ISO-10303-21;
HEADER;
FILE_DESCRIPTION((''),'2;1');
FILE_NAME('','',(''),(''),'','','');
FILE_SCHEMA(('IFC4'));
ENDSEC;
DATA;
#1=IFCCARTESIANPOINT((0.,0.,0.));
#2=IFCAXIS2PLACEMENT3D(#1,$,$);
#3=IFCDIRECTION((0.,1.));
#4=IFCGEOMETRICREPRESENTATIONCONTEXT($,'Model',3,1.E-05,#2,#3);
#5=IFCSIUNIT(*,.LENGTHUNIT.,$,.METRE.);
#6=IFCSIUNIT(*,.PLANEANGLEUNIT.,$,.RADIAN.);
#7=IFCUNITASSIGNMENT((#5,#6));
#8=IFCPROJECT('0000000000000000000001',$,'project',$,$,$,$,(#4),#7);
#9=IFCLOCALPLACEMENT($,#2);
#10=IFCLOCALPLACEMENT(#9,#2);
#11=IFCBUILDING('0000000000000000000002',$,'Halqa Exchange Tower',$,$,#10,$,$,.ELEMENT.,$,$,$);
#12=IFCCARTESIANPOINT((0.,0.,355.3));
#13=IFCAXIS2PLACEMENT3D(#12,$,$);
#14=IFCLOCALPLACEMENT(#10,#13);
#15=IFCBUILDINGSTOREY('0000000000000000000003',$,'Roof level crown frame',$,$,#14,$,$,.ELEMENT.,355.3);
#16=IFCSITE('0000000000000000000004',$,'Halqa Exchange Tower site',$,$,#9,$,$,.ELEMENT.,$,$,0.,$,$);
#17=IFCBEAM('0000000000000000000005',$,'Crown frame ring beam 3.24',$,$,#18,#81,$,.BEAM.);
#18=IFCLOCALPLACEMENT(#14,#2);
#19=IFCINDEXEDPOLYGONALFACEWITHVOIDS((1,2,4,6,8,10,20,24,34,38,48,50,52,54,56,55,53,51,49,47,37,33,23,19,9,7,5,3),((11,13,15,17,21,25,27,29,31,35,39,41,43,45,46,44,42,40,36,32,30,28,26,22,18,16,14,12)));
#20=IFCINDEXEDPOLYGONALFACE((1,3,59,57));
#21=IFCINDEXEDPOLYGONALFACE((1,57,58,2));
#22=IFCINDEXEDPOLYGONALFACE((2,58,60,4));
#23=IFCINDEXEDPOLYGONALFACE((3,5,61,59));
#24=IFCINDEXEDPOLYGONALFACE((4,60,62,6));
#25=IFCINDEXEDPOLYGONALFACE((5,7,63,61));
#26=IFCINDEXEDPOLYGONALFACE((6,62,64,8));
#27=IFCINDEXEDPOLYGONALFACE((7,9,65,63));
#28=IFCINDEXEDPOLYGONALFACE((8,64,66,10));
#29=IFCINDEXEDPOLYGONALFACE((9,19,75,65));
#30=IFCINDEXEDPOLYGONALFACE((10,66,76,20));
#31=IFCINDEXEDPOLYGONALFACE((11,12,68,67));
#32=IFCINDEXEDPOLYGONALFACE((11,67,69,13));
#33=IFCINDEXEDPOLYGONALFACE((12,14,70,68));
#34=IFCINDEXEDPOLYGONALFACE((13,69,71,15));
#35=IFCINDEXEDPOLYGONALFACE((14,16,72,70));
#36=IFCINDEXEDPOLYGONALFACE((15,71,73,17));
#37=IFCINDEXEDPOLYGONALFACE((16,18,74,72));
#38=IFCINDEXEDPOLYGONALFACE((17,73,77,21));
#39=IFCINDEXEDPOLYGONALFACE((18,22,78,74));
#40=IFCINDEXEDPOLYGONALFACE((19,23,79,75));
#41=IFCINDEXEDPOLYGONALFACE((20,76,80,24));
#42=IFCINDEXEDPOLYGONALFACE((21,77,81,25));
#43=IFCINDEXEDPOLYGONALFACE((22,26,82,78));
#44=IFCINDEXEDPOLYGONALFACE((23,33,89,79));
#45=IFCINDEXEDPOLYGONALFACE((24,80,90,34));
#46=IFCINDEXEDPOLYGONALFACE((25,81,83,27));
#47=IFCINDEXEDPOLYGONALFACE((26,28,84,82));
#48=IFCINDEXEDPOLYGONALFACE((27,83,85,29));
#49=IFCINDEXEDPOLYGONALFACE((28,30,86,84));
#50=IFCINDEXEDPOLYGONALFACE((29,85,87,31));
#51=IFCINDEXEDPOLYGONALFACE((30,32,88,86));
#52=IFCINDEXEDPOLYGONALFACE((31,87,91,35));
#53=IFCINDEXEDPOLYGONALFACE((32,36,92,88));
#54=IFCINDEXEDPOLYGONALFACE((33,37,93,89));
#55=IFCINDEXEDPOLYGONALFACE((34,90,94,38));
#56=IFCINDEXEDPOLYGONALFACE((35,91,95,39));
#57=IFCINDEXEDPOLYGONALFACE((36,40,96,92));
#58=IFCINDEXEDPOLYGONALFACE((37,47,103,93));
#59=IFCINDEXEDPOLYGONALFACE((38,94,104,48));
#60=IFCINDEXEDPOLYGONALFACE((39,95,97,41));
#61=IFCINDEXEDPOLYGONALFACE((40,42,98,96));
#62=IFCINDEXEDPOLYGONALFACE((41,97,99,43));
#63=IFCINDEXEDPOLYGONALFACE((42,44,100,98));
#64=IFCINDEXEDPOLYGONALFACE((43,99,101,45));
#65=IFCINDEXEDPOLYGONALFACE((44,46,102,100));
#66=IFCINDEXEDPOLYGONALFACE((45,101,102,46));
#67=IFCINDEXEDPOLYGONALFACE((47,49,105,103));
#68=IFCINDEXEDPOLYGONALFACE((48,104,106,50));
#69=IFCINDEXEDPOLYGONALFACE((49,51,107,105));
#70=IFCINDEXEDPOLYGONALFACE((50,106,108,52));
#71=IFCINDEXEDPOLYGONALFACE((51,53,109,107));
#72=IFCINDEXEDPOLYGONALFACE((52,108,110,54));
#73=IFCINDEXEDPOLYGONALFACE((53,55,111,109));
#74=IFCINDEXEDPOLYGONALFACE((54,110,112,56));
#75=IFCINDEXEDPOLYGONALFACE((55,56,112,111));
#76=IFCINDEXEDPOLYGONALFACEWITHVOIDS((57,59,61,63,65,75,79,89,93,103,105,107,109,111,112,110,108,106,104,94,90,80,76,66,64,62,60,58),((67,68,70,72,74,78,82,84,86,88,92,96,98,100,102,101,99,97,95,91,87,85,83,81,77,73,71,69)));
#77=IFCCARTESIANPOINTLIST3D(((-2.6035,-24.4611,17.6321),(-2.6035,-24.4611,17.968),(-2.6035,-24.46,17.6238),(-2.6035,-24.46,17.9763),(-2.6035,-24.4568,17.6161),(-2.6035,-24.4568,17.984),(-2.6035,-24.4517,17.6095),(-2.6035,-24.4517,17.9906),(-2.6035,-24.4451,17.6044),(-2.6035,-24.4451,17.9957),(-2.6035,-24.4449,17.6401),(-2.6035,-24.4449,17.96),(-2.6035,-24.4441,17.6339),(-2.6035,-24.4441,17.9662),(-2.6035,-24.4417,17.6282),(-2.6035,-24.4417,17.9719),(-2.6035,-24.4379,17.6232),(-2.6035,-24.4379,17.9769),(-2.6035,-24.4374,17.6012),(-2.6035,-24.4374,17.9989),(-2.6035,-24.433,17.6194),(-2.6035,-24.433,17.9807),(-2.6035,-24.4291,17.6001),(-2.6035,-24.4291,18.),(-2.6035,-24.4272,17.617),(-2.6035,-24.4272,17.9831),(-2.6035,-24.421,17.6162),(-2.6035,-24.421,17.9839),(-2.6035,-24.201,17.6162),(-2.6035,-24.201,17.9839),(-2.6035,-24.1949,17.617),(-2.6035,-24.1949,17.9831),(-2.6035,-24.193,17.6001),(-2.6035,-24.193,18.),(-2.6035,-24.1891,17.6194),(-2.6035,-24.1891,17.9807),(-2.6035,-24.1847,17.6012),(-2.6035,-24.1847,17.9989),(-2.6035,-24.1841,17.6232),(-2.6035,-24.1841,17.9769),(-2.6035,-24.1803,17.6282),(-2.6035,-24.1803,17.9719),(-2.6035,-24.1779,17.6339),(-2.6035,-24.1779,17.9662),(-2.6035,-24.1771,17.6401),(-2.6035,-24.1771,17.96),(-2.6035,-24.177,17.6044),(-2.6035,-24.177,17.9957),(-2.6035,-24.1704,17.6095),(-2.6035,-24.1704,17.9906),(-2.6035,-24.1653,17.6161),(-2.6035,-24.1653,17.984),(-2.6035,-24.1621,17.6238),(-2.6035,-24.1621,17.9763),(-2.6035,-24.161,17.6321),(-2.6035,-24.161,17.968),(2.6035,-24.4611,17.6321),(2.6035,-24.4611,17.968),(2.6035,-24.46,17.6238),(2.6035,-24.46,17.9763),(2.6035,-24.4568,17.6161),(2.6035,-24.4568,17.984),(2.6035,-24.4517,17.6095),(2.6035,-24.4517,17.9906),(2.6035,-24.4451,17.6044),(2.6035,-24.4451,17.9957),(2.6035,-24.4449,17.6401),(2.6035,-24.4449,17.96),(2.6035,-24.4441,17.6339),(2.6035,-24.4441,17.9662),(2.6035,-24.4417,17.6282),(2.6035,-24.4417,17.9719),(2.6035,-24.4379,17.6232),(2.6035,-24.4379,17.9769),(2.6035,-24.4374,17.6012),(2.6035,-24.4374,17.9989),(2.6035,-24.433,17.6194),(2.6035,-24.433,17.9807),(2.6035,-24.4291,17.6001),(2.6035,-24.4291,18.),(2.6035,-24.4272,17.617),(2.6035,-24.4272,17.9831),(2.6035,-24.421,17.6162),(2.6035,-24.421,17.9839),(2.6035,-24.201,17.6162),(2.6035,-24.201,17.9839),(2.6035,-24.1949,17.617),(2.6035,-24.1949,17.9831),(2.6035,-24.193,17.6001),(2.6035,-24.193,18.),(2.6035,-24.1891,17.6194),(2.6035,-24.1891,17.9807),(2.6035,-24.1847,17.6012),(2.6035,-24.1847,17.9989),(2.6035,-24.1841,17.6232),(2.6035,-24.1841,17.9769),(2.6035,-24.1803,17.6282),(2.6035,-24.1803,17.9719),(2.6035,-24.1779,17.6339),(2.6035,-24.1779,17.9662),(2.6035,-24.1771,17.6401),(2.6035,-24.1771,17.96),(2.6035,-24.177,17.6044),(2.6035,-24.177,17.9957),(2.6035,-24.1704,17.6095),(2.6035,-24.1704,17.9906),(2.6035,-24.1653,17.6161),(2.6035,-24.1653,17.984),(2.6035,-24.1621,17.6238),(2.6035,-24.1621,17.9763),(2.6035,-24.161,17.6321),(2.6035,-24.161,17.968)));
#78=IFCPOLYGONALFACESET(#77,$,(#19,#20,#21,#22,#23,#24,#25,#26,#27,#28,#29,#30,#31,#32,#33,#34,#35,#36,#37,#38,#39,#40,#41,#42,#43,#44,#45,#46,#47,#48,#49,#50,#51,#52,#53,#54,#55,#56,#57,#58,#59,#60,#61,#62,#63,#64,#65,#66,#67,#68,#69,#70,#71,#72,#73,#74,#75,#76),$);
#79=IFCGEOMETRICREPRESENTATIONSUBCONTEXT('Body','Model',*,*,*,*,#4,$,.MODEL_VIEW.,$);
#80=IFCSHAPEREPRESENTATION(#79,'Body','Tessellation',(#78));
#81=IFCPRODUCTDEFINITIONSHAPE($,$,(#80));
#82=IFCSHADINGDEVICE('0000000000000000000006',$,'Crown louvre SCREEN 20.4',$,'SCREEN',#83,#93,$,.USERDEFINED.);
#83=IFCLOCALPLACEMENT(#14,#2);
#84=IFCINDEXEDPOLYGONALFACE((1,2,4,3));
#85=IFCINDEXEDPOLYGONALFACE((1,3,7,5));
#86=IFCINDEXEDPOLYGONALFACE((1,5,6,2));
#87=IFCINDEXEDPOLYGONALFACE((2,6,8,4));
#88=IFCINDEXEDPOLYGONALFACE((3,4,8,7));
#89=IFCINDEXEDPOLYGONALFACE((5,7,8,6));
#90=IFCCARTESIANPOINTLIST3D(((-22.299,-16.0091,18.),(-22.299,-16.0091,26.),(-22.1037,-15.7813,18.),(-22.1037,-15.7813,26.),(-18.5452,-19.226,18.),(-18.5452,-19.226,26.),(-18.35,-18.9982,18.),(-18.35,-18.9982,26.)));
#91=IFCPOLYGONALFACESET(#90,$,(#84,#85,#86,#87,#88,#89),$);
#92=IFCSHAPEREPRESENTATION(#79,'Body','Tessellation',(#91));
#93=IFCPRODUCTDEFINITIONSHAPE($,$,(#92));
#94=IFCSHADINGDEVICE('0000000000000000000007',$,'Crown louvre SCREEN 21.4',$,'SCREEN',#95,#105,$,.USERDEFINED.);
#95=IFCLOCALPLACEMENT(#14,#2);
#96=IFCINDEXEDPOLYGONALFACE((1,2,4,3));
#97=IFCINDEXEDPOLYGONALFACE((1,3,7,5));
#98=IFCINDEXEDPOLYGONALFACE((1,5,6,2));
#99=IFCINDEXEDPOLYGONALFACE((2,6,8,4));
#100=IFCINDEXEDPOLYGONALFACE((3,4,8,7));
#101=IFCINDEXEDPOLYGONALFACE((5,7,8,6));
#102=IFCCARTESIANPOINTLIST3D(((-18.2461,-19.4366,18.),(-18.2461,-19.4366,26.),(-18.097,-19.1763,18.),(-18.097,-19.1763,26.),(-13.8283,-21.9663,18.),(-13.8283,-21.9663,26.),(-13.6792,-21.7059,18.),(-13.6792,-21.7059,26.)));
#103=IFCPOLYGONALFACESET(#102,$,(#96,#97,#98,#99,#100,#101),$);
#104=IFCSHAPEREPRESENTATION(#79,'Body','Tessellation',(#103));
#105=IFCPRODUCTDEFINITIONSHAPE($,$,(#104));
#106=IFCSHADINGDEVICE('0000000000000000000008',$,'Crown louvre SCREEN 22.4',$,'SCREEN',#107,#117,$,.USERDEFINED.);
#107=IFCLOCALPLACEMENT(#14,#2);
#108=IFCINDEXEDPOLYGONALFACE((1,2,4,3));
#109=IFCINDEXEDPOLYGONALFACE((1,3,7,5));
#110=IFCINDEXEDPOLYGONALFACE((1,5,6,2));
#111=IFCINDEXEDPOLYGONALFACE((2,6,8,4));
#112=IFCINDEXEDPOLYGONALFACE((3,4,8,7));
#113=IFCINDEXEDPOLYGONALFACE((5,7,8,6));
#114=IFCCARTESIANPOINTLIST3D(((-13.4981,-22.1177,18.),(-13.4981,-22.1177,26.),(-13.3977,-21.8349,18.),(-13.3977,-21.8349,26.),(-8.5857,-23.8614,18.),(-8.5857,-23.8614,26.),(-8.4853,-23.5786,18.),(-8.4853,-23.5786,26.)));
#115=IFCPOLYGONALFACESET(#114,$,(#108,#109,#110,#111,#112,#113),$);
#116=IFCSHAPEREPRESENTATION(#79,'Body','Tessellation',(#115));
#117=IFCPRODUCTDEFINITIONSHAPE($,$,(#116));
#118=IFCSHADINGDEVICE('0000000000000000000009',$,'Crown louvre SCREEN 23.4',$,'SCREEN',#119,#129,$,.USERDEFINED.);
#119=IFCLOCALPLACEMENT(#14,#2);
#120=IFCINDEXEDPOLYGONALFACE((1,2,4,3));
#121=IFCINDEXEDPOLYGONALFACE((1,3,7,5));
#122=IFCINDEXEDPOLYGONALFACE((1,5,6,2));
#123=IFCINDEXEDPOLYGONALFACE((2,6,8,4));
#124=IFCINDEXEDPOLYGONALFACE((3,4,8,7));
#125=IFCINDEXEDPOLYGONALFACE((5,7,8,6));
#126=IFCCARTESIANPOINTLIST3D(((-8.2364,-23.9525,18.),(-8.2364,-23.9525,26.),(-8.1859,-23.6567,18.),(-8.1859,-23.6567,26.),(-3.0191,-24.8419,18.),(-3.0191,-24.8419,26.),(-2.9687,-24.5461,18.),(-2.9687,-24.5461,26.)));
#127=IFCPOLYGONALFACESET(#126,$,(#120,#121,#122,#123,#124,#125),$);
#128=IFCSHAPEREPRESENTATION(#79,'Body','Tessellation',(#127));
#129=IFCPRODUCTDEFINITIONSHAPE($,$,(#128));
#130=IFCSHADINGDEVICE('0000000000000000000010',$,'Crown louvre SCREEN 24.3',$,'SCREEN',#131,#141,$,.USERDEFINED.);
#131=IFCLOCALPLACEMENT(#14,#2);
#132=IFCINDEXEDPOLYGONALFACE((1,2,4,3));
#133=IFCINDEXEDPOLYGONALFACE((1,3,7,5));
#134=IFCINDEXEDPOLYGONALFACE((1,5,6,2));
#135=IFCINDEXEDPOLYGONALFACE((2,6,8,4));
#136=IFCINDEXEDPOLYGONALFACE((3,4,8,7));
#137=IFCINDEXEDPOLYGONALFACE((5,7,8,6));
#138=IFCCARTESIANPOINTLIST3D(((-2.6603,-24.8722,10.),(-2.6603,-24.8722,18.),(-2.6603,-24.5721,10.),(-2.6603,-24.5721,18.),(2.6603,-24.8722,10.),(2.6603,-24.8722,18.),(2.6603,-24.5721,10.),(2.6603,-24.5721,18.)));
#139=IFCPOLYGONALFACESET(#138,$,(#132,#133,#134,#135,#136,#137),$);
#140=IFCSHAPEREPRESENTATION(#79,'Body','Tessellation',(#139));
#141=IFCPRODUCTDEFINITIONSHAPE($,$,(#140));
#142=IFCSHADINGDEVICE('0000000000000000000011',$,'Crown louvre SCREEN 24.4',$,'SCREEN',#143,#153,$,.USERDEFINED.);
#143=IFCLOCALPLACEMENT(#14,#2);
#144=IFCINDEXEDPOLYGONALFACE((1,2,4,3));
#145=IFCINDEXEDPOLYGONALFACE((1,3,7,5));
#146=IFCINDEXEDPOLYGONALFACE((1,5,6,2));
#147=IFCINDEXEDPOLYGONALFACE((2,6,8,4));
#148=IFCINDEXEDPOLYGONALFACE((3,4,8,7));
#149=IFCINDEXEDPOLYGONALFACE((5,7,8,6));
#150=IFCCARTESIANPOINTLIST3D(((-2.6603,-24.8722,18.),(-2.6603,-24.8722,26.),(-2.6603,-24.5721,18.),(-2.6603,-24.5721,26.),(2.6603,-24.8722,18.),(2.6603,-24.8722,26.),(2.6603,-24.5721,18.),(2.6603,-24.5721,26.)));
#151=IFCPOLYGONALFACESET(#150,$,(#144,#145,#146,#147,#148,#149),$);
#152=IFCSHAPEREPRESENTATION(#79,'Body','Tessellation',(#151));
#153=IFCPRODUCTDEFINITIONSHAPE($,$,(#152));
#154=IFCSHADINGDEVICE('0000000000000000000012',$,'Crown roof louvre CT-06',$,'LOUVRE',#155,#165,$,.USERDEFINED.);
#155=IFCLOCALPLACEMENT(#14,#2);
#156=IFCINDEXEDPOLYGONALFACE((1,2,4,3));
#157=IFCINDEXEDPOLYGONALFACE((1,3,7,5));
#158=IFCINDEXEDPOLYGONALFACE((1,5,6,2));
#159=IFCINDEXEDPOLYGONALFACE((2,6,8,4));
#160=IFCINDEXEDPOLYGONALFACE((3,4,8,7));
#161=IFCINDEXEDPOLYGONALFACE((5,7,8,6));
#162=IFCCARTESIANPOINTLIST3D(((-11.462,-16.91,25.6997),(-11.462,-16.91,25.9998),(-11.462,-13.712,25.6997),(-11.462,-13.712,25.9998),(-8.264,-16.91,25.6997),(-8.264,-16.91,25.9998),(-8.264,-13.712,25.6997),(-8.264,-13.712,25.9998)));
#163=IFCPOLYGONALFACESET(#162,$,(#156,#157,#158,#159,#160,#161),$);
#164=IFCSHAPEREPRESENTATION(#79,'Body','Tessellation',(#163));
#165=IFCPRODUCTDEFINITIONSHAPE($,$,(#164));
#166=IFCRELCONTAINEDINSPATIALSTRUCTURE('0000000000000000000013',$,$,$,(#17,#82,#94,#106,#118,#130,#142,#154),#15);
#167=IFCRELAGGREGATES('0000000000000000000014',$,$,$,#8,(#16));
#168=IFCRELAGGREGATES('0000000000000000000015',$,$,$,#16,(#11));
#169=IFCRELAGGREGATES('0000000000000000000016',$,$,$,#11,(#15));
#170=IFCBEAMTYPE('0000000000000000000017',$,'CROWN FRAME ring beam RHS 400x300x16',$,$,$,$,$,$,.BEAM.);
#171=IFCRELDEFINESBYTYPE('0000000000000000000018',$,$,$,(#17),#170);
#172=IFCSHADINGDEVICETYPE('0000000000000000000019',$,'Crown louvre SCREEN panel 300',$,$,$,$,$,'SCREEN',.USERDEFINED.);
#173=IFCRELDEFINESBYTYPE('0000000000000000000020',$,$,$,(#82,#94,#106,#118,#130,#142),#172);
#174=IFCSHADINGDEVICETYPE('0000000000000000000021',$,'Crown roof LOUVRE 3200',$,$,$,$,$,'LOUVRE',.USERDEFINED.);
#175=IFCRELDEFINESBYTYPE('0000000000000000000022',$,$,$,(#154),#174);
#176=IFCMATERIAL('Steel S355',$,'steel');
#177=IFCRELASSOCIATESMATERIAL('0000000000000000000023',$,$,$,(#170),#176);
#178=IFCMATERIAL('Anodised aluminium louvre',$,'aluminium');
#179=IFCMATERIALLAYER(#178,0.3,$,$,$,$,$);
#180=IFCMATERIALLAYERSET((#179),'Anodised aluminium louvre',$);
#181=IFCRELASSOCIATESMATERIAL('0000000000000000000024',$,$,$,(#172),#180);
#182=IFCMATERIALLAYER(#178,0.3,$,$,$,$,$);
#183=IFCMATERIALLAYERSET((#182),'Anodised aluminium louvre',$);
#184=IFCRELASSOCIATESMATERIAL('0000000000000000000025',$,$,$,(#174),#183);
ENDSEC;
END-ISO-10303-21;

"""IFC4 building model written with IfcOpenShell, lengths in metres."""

from ifc_helpers import new_model, si_unit, direction, frame, origin, origin_2d, place, context, subcontext, project, spatial, rectangle, hollow_rectangle, extrude, material, layer, layer_set, material_profile, profile_set, type_object, element, save


model = new_model("IFC4")

# Units and contexts
model_context = context("Model", 3, precision=1e-05, world=origin(), true_north=direction((0.0, 1.0)))
body_context = subcontext(model_context, "Body", "Model", "MODEL_VIEW")
ifc_project = project(units=[si_unit("LENGTHUNIT", "METRE"), si_unit("PLANEANGLEUNIT", "RADIAN")], contexts=[model_context])

# Site, building, storey
site_placement = place(None, origin())
site = spatial("IfcSite", under=ifc_project, at=site_placement, Name="Halqa Exchange Tower site", CompositionType="ELEMENT", RefElevation=0.0)
building_placement = place(site_placement, origin())
building = spatial("IfcBuilding", under=site, at=building_placement, Name="Halqa Exchange Tower", CompositionType="ELEMENT")
storey_placement = place(building_placement, frame((0.0, 0.0, 355.3)))
storey = spatial("IfcBuildingStorey", under=building, at=storey_placement, Name="Roof level crown frame", CompositionType="ELEMENT", Elevation=355.3)

# Shared definitions
ifc_material_1 = material(Name="Steel S355", Category="steel")

# Beam
ifc_material_profile_1 = material_profile(ifc_material_1, hollow_rectangle(XDim=0.3, YDim=0.3999, WallThickness=0.0161, InnerFilletRadius=0.0239, OuterFilletRadius=0.032, at=origin_2d()), Name="RHS 400x300x16")
ifc_profile_set_1 = profile_set([ifc_material_profile_1], Name="Steel S355")
beam_type_1 = type_object("IfcBeamType", Name="CROWN FRAME ring beam RHS 400x300x16", PredefinedType="BEAM", material=ifc_profile_set_1)
beam_1_placement = place(storey_placement, frame((-2.6035, -24.311, 17.8), z_axis=(1.0, 0.0, 0.0), x_axis=(0.0, 1.0, 0.0)))
element("IfcBeam", 1, at=beam_1_placement, inside=storey, type_object=beam_type_1, Name="Crown frame ring beam 3.24", PredefinedType="BEAM", context=body_context, shape_type="SweptSolid", body=[
    extrude(hollow_rectangle(XDim=0.3, YDim=0.3999, WallThickness=0.0161, InnerFilletRadius=0.0239, OuterFilletRadius=0.032, at=origin_2d()), origin(), (0.0, 0.0, 1.0), 5.207),
])

# Shading devices
ifc_material_2 = material(Name="Anodised aluminium louvre", Category="aluminium")
ifc_layer_1 = layer(ifc_material_2, 0.3)
ifc_layer_set_1 = layer_set([ifc_layer_1], Name="Anodised aluminium louvre")
shading_device_type_1 = type_object("IfcShadingDeviceType", Name="Crown louvre SCREEN panel 300", ElementType="SCREEN", PredefinedType="USERDEFINED", material=ifc_layer_set_1)
shading_device_1_placement = place(storey_placement, frame((-20.3245, -17.5037, 18.0), z_axis=(0.0, 0.0, 1.0), x_axis=(0.759318, -0.65072, 0.0)))
element("IfcShadingDevice", 2, at=shading_device_1_placement, inside=storey, type_object=shading_device_type_1, Name="Crown louvre SCREEN 20.4", ObjectType="SCREEN", PredefinedType="USERDEFINED", context=body_context, shape_type="SweptSolid", body=[
    extrude(rectangle(XDim=4.9436, YDim=0.3, at=origin_2d()), origin(), (0.0, 0.0, 1.0), 8.0),
])
shading_device_2_placement = place(storey_placement, frame((-15.9626, -20.5713, 18.0), z_axis=(0.0, 0.0, 1.0), x_axis=(0.867804, -0.496907, 0.0)))
element("IfcShadingDevice", 3, at=shading_device_2_placement, inside=storey, type_object=shading_device_type_1, Name="Crown louvre SCREEN 21.4", ObjectType="SCREEN", PredefinedType="USERDEFINED", context=body_context, shape_type="SweptSolid", body=[
    extrude(rectangle(XDim=5.0908, YDim=0.3, at=origin_2d()), origin(), (0.0, 0.0, 1.0), 8.0),
])
shading_device_3_placement = place(storey_placement, frame((-10.9917, -22.8481, 18.0), z_axis=(0.0, 0.0, 1.0), x_axis=(0.942388, -0.334522, 0.0)))
element("IfcShadingDevice", 4, at=shading_device_3_placement, inside=storey, type_object=shading_device_type_1, Name="Crown louvre SCREEN 22.4", ObjectType="SCREEN", PredefinedType="USERDEFINED", context=body_context, shape_type="SweptSolid", body=[
    extrude(rectangle(XDim=5.2126, YDim=0.3, at=origin_2d()), origin(), (0.0, 0.0, 1.0), 8.0),
])
shading_device_4_placement = place(storey_placement, frame((-5.6025, -24.2493, 18.0), z_axis=(0.0, 0.0, 1.0), x_axis=(0.985778, -0.168051, 0.0)))
element("IfcShadingDevice", 5, at=shading_device_4_placement, inside=storey, type_object=shading_device_type_1, Name="Crown louvre SCREEN 23.4", ObjectType="SCREEN", PredefinedType="USERDEFINED", context=body_context, shape_type="SweptSolid", body=[
    extrude(rectangle(XDim=5.2925, YDim=0.3, at=origin_2d()), origin(), (0.0, 0.0, 1.0), 8.0),
])
for number, where, z_axis, x_axis, name in (
    (6, (0.0, -24.7222, 10.0), (0.0, 0.0, 1.0), (1.0, 0.0, 0.0), "Crown louvre SCREEN 24.3"),
    (7, (0.0, -24.7222, 18.0), (0.0, 0.0, 1.0), (1.0, 0.0, 0.0), "Crown louvre SCREEN 24.4"),
):
    element("IfcShadingDevice", number, at=place(storey_placement, frame(where, z_axis=z_axis, x_axis=x_axis)), inside=storey, type_object=shading_device_type_1, Name=name, ObjectType="SCREEN", PredefinedType="USERDEFINED", context=body_context, shape_type="SweptSolid", body=[
        extrude(rectangle(XDim=5.3206, YDim=0.3, at=origin_2d()), origin(), (0.0, 0.0, 1.0), 8.0),
    ])
ifc_layer_2 = layer(ifc_material_2, 0.3)
ifc_layer_set_2 = layer_set([ifc_layer_2], Name="Anodised aluminium louvre")
shading_device_type_2 = type_object("IfcShadingDeviceType", Name="Crown roof LOUVRE 3200", ElementType="LOUVRE", PredefinedType="USERDEFINED", material=ifc_layer_set_2)
shading_device_5_placement = place(storey_placement, frame((-9.863, -15.311, 25.6997), z_axis=(0.0, 0.0, 1.0), x_axis=(1.0, 0.0, 0.0)))
element("IfcShadingDevice", 8, at=shading_device_5_placement, inside=storey, type_object=shading_device_type_2, Name="Crown roof louvre CT-06", ObjectType="LOUVRE", PredefinedType="USERDEFINED", context=body_context, shape_type="SweptSolid", body=[
    extrude(rectangle(XDim=3.198, YDim=3.198, at=origin_2d()), origin(), (0.0, 0.0, 1.0), 0.3),
])

save(model, "model.ifc")
